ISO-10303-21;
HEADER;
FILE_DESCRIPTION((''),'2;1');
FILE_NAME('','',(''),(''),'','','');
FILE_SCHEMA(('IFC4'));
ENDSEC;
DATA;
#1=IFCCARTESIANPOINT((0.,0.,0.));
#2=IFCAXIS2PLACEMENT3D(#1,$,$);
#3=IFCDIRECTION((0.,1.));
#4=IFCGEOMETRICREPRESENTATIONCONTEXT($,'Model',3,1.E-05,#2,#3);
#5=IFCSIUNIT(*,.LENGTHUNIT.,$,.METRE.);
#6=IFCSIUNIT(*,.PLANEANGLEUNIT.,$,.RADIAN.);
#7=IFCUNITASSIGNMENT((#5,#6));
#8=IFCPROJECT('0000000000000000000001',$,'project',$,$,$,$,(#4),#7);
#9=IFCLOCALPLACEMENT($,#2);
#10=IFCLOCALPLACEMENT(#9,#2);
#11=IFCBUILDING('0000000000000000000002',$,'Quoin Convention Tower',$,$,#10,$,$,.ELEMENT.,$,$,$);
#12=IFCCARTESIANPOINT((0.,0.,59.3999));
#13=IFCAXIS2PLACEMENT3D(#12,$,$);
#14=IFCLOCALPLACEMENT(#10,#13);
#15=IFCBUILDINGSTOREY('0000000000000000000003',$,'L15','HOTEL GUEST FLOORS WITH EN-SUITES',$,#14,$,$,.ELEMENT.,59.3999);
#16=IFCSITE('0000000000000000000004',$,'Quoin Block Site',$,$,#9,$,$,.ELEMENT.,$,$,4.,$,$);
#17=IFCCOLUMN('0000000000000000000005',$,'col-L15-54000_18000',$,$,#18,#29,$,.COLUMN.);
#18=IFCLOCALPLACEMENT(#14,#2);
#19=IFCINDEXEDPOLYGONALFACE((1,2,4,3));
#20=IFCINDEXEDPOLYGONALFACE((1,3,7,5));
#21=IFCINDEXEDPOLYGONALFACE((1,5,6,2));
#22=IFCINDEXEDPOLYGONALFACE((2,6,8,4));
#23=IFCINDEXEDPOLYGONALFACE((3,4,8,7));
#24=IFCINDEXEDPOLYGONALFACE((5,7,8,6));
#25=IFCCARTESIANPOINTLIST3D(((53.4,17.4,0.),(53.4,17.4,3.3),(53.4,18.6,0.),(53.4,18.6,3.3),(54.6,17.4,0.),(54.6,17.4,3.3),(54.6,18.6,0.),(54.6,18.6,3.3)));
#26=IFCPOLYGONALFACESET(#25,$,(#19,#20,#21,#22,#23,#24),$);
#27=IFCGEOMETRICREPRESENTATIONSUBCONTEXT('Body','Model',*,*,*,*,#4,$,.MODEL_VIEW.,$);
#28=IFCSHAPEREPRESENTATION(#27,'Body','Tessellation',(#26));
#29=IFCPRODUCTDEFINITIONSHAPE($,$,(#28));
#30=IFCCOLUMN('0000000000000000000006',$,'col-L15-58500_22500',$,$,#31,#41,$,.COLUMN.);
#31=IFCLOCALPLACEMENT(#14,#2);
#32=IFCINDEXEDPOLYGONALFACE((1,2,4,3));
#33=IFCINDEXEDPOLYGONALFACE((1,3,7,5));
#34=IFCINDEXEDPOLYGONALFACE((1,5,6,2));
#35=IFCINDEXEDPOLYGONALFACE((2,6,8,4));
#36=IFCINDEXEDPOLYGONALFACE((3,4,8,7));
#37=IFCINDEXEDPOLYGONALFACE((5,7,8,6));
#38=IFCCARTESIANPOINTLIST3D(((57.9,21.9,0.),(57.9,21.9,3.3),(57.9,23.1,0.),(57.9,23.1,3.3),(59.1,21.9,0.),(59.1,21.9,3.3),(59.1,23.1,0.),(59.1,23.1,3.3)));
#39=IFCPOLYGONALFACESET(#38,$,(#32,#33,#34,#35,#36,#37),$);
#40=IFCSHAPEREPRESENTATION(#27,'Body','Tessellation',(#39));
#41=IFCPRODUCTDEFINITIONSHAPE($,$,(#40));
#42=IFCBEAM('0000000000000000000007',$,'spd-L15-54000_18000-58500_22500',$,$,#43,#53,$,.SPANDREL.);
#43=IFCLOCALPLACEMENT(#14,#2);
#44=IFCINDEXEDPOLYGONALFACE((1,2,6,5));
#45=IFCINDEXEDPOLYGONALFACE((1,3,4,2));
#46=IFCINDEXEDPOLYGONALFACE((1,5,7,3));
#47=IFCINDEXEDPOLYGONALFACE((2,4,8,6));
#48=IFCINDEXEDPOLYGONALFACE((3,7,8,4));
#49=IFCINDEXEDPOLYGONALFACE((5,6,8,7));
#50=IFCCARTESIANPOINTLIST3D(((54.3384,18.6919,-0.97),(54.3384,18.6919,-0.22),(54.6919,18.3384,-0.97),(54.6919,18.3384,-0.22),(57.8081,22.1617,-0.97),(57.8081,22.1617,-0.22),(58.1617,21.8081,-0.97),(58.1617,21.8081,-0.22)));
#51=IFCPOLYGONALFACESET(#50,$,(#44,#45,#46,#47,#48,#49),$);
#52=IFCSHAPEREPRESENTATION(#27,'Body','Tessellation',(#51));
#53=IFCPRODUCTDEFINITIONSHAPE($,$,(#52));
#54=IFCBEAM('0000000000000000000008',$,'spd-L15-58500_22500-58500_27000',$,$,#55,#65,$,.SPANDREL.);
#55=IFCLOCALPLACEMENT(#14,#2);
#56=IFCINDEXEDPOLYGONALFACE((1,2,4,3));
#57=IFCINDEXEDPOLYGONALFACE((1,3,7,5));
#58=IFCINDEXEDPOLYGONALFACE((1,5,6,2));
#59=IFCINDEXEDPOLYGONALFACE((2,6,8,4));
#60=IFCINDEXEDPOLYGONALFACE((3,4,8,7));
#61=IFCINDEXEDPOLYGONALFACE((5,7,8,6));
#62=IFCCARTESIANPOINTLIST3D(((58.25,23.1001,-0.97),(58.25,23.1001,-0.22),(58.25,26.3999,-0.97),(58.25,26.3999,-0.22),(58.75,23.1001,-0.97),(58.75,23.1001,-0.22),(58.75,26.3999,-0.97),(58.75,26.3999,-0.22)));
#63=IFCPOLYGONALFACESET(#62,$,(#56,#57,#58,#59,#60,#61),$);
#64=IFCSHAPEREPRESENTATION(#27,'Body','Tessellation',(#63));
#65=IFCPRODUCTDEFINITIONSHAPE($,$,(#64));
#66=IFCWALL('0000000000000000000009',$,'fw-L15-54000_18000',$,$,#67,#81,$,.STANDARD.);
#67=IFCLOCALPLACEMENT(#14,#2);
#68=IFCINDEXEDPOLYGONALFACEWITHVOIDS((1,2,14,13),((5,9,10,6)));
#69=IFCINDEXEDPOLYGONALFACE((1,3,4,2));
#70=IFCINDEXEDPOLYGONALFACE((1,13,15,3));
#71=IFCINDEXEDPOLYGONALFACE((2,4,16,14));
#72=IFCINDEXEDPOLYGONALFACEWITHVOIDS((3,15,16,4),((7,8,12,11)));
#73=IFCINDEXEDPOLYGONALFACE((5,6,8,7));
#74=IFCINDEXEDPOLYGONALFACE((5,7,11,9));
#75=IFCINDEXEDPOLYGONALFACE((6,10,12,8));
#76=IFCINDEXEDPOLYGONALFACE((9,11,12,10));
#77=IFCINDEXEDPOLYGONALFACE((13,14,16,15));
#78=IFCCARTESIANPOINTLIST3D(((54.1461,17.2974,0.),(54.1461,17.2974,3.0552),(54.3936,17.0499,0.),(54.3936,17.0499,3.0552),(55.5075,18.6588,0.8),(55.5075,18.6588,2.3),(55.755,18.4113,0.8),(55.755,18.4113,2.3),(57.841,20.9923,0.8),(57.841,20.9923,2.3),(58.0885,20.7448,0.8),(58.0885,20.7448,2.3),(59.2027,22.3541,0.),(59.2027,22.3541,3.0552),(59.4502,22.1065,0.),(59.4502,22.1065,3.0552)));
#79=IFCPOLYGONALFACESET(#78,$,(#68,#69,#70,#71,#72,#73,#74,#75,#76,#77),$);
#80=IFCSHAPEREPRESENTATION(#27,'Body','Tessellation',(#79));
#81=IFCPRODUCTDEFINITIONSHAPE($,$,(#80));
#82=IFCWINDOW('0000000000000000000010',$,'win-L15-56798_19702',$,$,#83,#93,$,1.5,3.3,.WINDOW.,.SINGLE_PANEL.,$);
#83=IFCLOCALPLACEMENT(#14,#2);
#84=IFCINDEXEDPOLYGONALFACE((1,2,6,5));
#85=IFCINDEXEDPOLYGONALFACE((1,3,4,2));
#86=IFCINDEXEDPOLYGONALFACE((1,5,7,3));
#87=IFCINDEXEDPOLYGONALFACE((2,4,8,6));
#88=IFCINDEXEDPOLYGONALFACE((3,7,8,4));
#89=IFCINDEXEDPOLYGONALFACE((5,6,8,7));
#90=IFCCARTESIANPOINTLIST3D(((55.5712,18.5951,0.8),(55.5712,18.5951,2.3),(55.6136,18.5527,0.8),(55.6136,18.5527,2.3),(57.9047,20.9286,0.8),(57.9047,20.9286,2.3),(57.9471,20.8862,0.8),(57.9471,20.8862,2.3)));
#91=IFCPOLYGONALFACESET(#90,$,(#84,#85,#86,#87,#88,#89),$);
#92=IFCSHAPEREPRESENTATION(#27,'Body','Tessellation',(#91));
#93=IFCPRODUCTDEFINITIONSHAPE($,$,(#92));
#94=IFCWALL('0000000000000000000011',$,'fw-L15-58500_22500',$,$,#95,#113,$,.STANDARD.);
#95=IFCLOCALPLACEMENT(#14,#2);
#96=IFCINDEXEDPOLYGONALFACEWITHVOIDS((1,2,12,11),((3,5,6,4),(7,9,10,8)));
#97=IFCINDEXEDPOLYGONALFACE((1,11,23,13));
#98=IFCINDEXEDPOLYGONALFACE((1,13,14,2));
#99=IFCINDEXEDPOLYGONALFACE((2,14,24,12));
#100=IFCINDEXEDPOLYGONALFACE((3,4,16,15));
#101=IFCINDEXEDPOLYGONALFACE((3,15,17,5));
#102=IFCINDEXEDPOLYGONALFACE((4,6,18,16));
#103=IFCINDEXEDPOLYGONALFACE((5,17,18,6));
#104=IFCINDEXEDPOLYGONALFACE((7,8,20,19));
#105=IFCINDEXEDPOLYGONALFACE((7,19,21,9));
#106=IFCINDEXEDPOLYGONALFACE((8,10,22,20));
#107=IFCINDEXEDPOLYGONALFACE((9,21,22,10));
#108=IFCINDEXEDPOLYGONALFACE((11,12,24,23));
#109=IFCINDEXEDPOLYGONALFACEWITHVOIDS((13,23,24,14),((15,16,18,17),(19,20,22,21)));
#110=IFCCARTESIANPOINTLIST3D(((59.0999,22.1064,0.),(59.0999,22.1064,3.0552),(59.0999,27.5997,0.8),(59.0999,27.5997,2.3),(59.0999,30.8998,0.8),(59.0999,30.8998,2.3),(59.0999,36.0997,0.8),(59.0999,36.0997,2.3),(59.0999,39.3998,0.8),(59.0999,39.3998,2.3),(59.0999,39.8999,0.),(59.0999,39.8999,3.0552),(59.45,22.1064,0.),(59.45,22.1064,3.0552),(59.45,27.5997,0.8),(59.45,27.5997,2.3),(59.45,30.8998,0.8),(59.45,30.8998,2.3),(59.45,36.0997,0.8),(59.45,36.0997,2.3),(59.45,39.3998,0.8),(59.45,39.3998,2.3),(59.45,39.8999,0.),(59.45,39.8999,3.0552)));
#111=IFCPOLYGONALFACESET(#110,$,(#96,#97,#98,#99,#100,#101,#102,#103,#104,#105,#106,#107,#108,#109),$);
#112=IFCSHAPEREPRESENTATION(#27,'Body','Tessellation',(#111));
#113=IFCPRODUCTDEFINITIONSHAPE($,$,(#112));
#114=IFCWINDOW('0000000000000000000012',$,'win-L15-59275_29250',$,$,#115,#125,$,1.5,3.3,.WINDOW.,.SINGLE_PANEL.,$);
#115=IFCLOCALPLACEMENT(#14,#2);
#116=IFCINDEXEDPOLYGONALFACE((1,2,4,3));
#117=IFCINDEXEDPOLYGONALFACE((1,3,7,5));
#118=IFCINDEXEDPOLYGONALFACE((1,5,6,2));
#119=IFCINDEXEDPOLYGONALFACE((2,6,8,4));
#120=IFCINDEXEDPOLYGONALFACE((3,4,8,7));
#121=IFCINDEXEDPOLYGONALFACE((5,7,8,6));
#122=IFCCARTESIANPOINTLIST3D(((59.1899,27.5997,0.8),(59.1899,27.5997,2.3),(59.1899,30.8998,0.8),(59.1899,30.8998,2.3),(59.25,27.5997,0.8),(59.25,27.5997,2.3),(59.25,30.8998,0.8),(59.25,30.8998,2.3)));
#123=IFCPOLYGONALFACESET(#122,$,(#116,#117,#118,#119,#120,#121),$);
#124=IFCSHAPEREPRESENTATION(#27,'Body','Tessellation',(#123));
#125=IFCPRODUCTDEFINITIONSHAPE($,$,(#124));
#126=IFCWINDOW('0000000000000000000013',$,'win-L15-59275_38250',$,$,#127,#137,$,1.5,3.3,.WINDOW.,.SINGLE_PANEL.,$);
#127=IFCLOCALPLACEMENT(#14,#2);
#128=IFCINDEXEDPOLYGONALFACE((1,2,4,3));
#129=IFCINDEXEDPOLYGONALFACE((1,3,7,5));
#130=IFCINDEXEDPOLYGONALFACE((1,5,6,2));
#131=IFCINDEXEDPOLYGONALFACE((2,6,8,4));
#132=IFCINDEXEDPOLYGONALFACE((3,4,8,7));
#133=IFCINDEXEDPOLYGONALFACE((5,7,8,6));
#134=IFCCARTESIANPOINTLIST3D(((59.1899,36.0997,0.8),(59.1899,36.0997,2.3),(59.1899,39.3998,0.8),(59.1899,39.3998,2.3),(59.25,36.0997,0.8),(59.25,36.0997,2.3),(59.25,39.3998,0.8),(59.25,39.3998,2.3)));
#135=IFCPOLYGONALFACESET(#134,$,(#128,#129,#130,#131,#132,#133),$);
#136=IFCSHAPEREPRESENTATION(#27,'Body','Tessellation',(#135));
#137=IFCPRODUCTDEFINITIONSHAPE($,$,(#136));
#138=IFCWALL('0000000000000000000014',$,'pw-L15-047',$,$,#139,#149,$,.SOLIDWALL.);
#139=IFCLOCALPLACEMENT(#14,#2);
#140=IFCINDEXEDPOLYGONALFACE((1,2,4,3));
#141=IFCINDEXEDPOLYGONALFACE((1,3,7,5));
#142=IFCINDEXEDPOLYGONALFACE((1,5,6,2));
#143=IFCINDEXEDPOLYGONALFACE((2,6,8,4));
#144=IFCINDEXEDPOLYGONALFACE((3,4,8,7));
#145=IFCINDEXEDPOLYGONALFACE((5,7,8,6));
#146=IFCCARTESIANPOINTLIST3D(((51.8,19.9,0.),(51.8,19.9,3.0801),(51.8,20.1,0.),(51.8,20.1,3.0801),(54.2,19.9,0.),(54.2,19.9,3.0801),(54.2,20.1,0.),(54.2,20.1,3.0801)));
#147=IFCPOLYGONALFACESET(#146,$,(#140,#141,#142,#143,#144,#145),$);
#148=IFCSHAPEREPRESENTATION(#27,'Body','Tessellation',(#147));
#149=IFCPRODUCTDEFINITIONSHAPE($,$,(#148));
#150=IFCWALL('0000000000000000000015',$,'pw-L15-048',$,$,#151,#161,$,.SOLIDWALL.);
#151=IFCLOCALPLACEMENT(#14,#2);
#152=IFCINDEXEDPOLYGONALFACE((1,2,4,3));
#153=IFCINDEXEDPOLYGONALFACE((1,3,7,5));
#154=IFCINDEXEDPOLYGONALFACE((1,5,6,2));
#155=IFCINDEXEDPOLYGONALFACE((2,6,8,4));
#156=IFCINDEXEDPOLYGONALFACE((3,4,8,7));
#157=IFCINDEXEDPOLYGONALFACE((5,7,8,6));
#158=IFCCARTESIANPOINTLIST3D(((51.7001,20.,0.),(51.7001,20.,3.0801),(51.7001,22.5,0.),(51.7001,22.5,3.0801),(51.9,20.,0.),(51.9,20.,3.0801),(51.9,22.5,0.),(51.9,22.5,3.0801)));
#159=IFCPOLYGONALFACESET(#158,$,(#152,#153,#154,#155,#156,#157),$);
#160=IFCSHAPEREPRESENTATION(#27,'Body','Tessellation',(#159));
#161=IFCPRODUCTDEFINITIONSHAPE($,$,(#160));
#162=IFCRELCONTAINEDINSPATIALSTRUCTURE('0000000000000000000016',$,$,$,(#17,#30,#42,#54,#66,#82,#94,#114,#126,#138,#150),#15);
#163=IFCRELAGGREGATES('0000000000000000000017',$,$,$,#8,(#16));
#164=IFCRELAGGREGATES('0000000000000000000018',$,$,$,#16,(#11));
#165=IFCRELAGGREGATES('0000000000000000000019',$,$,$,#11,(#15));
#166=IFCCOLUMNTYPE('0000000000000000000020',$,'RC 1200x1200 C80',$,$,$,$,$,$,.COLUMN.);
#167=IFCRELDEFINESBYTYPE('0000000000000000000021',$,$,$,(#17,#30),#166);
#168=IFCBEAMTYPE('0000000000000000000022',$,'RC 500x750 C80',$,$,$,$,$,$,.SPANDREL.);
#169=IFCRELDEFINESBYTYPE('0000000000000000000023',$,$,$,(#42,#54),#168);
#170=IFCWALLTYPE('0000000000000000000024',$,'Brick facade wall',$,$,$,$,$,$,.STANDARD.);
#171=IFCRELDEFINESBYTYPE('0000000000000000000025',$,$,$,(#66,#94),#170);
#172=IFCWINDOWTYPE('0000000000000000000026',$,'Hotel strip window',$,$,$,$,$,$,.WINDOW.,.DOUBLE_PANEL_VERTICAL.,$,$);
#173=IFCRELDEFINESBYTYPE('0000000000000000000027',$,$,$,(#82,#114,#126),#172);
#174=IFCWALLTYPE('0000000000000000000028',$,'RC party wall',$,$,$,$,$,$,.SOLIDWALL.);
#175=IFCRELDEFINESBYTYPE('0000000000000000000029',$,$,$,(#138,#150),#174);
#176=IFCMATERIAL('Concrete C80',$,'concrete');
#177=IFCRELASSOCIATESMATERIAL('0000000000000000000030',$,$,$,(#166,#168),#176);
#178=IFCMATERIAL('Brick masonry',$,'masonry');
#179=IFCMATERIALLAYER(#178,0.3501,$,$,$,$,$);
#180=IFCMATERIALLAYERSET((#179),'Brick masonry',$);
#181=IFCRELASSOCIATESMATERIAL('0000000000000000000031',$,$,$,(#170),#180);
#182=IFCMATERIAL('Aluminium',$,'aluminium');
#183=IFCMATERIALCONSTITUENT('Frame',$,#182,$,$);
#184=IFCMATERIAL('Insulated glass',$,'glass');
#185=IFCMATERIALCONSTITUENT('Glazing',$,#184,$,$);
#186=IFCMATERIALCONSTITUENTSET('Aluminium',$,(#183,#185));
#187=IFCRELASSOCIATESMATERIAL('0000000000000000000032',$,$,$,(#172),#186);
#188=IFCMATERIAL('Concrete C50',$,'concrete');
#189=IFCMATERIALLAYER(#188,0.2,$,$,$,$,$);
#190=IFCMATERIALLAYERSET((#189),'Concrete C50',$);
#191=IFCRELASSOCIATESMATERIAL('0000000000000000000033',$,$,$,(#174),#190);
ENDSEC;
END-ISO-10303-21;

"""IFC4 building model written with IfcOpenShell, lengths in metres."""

from ifc_helpers import new_model, si_unit, direction, frame, frame_2d, origin, origin_2d, place, context, subcontext, project, spatial, rectangle, extrude, material, layer, layer_set, constituent, constituent_set, material_profile, profile_set, type_object, element, fill, save


model = new_model("IFC4")

# Units and contexts
model_context = context("Model", 3, precision=1e-05, world=origin(), true_north=direction((0.0, 1.0)))
body_context = subcontext(model_context, "Body", "Model", "MODEL_VIEW")
ifc_project = project(units=[si_unit("LENGTHUNIT", "METRE"), si_unit("PLANEANGLEUNIT", "RADIAN")], contexts=[model_context])

# Site, building, storey
site_placement = place(None, origin())
site = spatial("IfcSite", under=ifc_project, at=site_placement, Name="Quoin Block Site", CompositionType="ELEMENT", RefElevation=4.0)
building_placement = place(site_placement, origin())
building = spatial("IfcBuilding", under=site, at=building_placement, Name="Quoin Convention Tower", CompositionType="ELEMENT")
storey_placement = place(building_placement, frame((0.0, 0.0, 59.3999)))
storey = spatial("IfcBuildingStorey", under=building, at=storey_placement, Name="L15", Description="HOTEL GUEST FLOORS WITH EN-SUITES", CompositionType="ELEMENT", Elevation=59.3999)

# Columns
ifc_material_1 = material(Name="Concrete C80", Category="concrete")
ifc_material_profile_1 = material_profile(ifc_material_1, rectangle(XDim=1.2, YDim=1.2, at=origin_2d()), Name="RC 1200x1200")
ifc_profile_set_1 = profile_set([ifc_material_profile_1], Name="Concrete C80")
column_type = type_object("IfcColumnType", Name="RC 1200x1200 C80", PredefinedType="COLUMN", material=ifc_profile_set_1)
for number, where, z_axis, x_axis, name in (
    (1, (54.0, 18.0, 0.0), (0.0, 0.0, 1.0), (1.0, 0.0, 0.0), "col-L15-54000_18000"),
    (2, (58.5, 22.5, 0.0), (0.0, 0.0, 1.0), (1.0, 0.0, 0.0), "col-L15-58500_22500"),
):
    element("IfcColumn", number, at=place(storey_placement, frame(where, z_axis=z_axis, x_axis=x_axis)), inside=storey, type_object=column_type, Name=name, PredefinedType="COLUMN", context=body_context, shape_type="SweptSolid", body=[
        extrude(rectangle(XDim=1.2, YDim=1.2, at=origin_2d()), origin(), (0.0, 0.0, 1.0), 3.3),
    ])

# Beams
ifc_material_profile_2 = material_profile(ifc_material_1, rectangle(XDim=0.5, YDim=0.75, at=origin_2d()), Name="RC 500x750")
ifc_profile_set_2 = profile_set([ifc_material_profile_2], Name="Concrete C80")
beam_type = type_object("IfcBeamType", Name="RC 500x750 C80", PredefinedType="SPANDREL", material=ifc_profile_set_2)
beam_1_placement = place(storey_placement, frame((54.5151, 18.5151, -0.595), z_axis=(0.707107, 0.707107, 0.0), x_axis=(-0.707107, 0.707107, 0.0)))
element("IfcBeam", 3, at=beam_1_placement, inside=storey, type_object=beam_type, Name="spd-L15-54000_18000-58500_22500", PredefinedType="SPANDREL", context=body_context, shape_type="SweptSolid", body=[
    extrude(rectangle(XDim=0.5, YDim=0.75, at=origin_2d()), origin(), (0.0, 0.0, 1.0), 4.907),
])
beam_2_placement = place(storey_placement, frame((58.5, 23.1001, -0.595), z_axis=(0.0, 1.0, 0.0), x_axis=(-1.0, 0.0, 0.0)))
element("IfcBeam", 4, at=beam_2_placement, inside=storey, type_object=beam_type, Name="spd-L15-58500_22500-58500_27000", PredefinedType="SPANDREL", context=body_context, shape_type="SweptSolid", body=[
    extrude(rectangle(XDim=0.5, YDim=0.75, at=origin_2d()), origin(), (0.0, 0.0, 1.0), 3.2998),
])

# Wall, opening, window
ifc_material_2 = material(Name="Brick masonry", Category="masonry")
ifc_layer_1 = layer(ifc_material_2, 0.3501)
ifc_layer_set_1 = layer_set([ifc_layer_1], Name="Brick masonry")
wall_type_1 = type_object("IfcWallType", Name="Brick facade wall", PredefinedType="STANDARD", material=ifc_layer_set_1)
wall_1_placement = place(storey_placement, frame((54.2698, 17.1736, 0.0), z_axis=(0.0, 0.0, 1.0), x_axis=(0.707107, 0.707107, 0.0)))
wall_1 = element("IfcWall", 5, at=wall_1_placement, inside=storey, type_object=wall_type_1, Name="fw-L15-54000_18000", PredefinedType="STANDARD", context=body_context, shape_type="SweptSolid", body=[
    extrude(rectangle(XDim=7.1511, YDim=0.3501, at=frame_2d((3.5757, 0.0))), origin(), (0.0, 0.0, 1.0), 3.0552),
])
opening_1_placement = place(wall_1_placement, frame((1.9255, 0.0, 0.8)))
opening_1 = element("IfcOpeningElement", 6, at=opening_1_placement, cuts=wall_1, PredefinedType="OPENING", context=body_context, shape_type="SweptSolid", body=[
    extrude(rectangle(XDim=3.3, YDim=1.5, at=frame_2d((1.6499, 0.75))), frame((0.0, 0.1851, 0.0), z_axis=(0.0, -1.0, 0.0), x_axis=(1.0, 0.0, 0.0)), (0.0, 0.0, 1.0), 0.3701),
])
ifc_material_3 = material(Name="Aluminium", Category="aluminium")
ifc_constituent_1 = constituent(ifc_material_3, Name="Frame")
ifc_material_4 = material(Name="Insulated glass", Category="glass")
ifc_constituent_2 = constituent(ifc_material_4, Name="Glazing")
ifc_constituent_set = constituent_set(constituents=[ifc_constituent_1, ifc_constituent_2], Name="Aluminium")
window_type = type_object("IfcWindowType", Name="Hotel strip window", PartitioningType="DOUBLE_PANEL_VERTICAL", PredefinedType="WINDOW", material=ifc_constituent_set)
window_1_placement = place(opening_1_placement, origin())
window_1 = element("IfcWindow", 7, at=window_1_placement, inside=storey, type_object=window_type, Name="win-L15-56798_19702", OverallHeight=1.5, OverallWidth=3.3, PartitioningType="SINGLE_PANEL", PredefinedType="WINDOW", context=body_context, shape_type="SweptSolid", body=[
    extrude(rectangle(XDim=3.3, YDim=1.5, at=frame_2d((1.6499, 0.75))), frame((0.0, 0.085, 0.0), z_axis=(0.0, -1.0, 0.0), x_axis=(1.0, 0.0, 0.0)), (0.0, 0.0, 1.0), 0.0601),
])
fill(opening_1, window_1)

# Wall, openings, windows
wall_2_placement = place(storey_placement, frame((59.2749, 22.1064, 0.0), z_axis=(0.0, 0.0, 1.0), x_axis=(0.0, 1.0, 0.0)))
wall_2 = element("IfcWall", 8, at=wall_2_placement, inside=storey, type_object=wall_type_1, Name="fw-L15-58500_22500", PredefinedType="STANDARD", context=body_context, shape_type="SweptSolid", body=[
    extrude(rectangle(XDim=17.7935, YDim=0.3501, at=frame_2d((8.8967, 0.0))), origin(), (0.0, 0.0, 1.0), 3.0552),
])
opening_2_placement = place(wall_2_placement, frame((5.4934, 0.0, 0.8)))
opening_2 = element("IfcOpeningElement", 9, at=opening_2_placement, cuts=wall_2, PredefinedType="OPENING", context=body_context, shape_type="SweptSolid", body=[
    extrude(rectangle(XDim=3.3, YDim=1.5, at=frame_2d((1.6499, 0.75))), frame((0.0, 0.1851, 0.0), z_axis=(0.0, -1.0, 0.0), x_axis=(1.0, 0.0, 0.0)), (0.0, 0.0, 1.0), 0.3701),
])
opening_3_placement = place(wall_2_placement, frame((13.9934, 0.0, 0.8)))
opening_3 = element("IfcOpeningElement", 10, at=opening_3_placement, cuts=wall_2, PredefinedType="OPENING", context=body_context, shape_type="SweptSolid", body=[
    extrude(rectangle(XDim=3.3, YDim=1.5, at=frame_2d((1.6499, 0.75))), frame((0.0, 0.1851, 0.0), z_axis=(0.0, -1.0, 0.0), x_axis=(1.0, 0.0, 0.0)), (0.0, 0.0, 1.0), 0.3701),
])
window_2_placement = place(opening_2_placement, origin())
window_2 = element("IfcWindow", 11, at=window_2_placement, inside=storey, type_object=window_type, Name="win-L15-59275_29250", OverallHeight=1.5, OverallWidth=3.3, PartitioningType="SINGLE_PANEL", PredefinedType="WINDOW", context=body_context, shape_type="SweptSolid", body=[
    extrude(rectangle(XDim=3.3, YDim=1.5, at=frame_2d((1.6499, 0.75))), frame((0.0, 0.085, 0.0), z_axis=(0.0, -1.0, 0.0), x_axis=(1.0, 0.0, 0.0)), (0.0, 0.0, 1.0), 0.0601),
])
fill(opening_2, window_2)
window_3_placement = place(opening_3_placement, origin())
window_3 = element("IfcWindow", 12, at=window_3_placement, inside=storey, type_object=window_type, Name="win-L15-59275_38250", OverallHeight=1.5, OverallWidth=3.3, PartitioningType="SINGLE_PANEL", PredefinedType="WINDOW", context=body_context, shape_type="SweptSolid", body=[
    extrude(rectangle(XDim=3.3, YDim=1.5, at=frame_2d((1.6499, 0.75))), frame((0.0, 0.085, 0.0), z_axis=(0.0, -1.0, 0.0), x_axis=(1.0, 0.0, 0.0)), (0.0, 0.0, 1.0), 0.0601),
])
fill(opening_3, window_3)

# Walls
ifc_material_5 = material(Name="Concrete C50", Category="concrete")
ifc_layer_2 = layer(ifc_material_5, 0.2)
ifc_layer_set_2 = layer_set([ifc_layer_2], Name="Concrete C50")
wall_type_2 = type_object("IfcWallType", Name="RC party wall", PredefinedType="SOLIDWALL", material=ifc_layer_set_2)
wall_3_placement = place(storey_placement, frame((51.8, 20.0, 0.0), z_axis=(0.0, 0.0, 1.0), x_axis=(1.0, 0.0, 0.0)))
element("IfcWall", 13, at=wall_3_placement, inside=storey, type_object=wall_type_2, Name="pw-L15-047", PredefinedType="SOLIDWALL", context=body_context, shape_type="SweptSolid", body=[
    extrude(rectangle(XDim=2.3999, YDim=0.2, at=frame_2d((1.2, 0.0))), origin(), (0.0, 0.0, 1.0), 3.0801),
])
wall_4_placement = place(storey_placement, frame((51.8, 20.0, 0.0), z_axis=(0.0, 0.0, 1.0), x_axis=(0.0, 1.0, 0.0)))
element("IfcWall", 14, at=wall_4_placement, inside=storey, type_object=wall_type_2, Name="pw-L15-048", PredefinedType="SOLIDWALL", context=body_context, shape_type="SweptSolid", body=[
    extrude(rectangle(XDim=2.5, YDim=0.2, at=frame_2d((1.25, 0.0))), origin(), (0.0, 0.0, 1.0), 3.0801),
])

save(model, "model.ifc")
